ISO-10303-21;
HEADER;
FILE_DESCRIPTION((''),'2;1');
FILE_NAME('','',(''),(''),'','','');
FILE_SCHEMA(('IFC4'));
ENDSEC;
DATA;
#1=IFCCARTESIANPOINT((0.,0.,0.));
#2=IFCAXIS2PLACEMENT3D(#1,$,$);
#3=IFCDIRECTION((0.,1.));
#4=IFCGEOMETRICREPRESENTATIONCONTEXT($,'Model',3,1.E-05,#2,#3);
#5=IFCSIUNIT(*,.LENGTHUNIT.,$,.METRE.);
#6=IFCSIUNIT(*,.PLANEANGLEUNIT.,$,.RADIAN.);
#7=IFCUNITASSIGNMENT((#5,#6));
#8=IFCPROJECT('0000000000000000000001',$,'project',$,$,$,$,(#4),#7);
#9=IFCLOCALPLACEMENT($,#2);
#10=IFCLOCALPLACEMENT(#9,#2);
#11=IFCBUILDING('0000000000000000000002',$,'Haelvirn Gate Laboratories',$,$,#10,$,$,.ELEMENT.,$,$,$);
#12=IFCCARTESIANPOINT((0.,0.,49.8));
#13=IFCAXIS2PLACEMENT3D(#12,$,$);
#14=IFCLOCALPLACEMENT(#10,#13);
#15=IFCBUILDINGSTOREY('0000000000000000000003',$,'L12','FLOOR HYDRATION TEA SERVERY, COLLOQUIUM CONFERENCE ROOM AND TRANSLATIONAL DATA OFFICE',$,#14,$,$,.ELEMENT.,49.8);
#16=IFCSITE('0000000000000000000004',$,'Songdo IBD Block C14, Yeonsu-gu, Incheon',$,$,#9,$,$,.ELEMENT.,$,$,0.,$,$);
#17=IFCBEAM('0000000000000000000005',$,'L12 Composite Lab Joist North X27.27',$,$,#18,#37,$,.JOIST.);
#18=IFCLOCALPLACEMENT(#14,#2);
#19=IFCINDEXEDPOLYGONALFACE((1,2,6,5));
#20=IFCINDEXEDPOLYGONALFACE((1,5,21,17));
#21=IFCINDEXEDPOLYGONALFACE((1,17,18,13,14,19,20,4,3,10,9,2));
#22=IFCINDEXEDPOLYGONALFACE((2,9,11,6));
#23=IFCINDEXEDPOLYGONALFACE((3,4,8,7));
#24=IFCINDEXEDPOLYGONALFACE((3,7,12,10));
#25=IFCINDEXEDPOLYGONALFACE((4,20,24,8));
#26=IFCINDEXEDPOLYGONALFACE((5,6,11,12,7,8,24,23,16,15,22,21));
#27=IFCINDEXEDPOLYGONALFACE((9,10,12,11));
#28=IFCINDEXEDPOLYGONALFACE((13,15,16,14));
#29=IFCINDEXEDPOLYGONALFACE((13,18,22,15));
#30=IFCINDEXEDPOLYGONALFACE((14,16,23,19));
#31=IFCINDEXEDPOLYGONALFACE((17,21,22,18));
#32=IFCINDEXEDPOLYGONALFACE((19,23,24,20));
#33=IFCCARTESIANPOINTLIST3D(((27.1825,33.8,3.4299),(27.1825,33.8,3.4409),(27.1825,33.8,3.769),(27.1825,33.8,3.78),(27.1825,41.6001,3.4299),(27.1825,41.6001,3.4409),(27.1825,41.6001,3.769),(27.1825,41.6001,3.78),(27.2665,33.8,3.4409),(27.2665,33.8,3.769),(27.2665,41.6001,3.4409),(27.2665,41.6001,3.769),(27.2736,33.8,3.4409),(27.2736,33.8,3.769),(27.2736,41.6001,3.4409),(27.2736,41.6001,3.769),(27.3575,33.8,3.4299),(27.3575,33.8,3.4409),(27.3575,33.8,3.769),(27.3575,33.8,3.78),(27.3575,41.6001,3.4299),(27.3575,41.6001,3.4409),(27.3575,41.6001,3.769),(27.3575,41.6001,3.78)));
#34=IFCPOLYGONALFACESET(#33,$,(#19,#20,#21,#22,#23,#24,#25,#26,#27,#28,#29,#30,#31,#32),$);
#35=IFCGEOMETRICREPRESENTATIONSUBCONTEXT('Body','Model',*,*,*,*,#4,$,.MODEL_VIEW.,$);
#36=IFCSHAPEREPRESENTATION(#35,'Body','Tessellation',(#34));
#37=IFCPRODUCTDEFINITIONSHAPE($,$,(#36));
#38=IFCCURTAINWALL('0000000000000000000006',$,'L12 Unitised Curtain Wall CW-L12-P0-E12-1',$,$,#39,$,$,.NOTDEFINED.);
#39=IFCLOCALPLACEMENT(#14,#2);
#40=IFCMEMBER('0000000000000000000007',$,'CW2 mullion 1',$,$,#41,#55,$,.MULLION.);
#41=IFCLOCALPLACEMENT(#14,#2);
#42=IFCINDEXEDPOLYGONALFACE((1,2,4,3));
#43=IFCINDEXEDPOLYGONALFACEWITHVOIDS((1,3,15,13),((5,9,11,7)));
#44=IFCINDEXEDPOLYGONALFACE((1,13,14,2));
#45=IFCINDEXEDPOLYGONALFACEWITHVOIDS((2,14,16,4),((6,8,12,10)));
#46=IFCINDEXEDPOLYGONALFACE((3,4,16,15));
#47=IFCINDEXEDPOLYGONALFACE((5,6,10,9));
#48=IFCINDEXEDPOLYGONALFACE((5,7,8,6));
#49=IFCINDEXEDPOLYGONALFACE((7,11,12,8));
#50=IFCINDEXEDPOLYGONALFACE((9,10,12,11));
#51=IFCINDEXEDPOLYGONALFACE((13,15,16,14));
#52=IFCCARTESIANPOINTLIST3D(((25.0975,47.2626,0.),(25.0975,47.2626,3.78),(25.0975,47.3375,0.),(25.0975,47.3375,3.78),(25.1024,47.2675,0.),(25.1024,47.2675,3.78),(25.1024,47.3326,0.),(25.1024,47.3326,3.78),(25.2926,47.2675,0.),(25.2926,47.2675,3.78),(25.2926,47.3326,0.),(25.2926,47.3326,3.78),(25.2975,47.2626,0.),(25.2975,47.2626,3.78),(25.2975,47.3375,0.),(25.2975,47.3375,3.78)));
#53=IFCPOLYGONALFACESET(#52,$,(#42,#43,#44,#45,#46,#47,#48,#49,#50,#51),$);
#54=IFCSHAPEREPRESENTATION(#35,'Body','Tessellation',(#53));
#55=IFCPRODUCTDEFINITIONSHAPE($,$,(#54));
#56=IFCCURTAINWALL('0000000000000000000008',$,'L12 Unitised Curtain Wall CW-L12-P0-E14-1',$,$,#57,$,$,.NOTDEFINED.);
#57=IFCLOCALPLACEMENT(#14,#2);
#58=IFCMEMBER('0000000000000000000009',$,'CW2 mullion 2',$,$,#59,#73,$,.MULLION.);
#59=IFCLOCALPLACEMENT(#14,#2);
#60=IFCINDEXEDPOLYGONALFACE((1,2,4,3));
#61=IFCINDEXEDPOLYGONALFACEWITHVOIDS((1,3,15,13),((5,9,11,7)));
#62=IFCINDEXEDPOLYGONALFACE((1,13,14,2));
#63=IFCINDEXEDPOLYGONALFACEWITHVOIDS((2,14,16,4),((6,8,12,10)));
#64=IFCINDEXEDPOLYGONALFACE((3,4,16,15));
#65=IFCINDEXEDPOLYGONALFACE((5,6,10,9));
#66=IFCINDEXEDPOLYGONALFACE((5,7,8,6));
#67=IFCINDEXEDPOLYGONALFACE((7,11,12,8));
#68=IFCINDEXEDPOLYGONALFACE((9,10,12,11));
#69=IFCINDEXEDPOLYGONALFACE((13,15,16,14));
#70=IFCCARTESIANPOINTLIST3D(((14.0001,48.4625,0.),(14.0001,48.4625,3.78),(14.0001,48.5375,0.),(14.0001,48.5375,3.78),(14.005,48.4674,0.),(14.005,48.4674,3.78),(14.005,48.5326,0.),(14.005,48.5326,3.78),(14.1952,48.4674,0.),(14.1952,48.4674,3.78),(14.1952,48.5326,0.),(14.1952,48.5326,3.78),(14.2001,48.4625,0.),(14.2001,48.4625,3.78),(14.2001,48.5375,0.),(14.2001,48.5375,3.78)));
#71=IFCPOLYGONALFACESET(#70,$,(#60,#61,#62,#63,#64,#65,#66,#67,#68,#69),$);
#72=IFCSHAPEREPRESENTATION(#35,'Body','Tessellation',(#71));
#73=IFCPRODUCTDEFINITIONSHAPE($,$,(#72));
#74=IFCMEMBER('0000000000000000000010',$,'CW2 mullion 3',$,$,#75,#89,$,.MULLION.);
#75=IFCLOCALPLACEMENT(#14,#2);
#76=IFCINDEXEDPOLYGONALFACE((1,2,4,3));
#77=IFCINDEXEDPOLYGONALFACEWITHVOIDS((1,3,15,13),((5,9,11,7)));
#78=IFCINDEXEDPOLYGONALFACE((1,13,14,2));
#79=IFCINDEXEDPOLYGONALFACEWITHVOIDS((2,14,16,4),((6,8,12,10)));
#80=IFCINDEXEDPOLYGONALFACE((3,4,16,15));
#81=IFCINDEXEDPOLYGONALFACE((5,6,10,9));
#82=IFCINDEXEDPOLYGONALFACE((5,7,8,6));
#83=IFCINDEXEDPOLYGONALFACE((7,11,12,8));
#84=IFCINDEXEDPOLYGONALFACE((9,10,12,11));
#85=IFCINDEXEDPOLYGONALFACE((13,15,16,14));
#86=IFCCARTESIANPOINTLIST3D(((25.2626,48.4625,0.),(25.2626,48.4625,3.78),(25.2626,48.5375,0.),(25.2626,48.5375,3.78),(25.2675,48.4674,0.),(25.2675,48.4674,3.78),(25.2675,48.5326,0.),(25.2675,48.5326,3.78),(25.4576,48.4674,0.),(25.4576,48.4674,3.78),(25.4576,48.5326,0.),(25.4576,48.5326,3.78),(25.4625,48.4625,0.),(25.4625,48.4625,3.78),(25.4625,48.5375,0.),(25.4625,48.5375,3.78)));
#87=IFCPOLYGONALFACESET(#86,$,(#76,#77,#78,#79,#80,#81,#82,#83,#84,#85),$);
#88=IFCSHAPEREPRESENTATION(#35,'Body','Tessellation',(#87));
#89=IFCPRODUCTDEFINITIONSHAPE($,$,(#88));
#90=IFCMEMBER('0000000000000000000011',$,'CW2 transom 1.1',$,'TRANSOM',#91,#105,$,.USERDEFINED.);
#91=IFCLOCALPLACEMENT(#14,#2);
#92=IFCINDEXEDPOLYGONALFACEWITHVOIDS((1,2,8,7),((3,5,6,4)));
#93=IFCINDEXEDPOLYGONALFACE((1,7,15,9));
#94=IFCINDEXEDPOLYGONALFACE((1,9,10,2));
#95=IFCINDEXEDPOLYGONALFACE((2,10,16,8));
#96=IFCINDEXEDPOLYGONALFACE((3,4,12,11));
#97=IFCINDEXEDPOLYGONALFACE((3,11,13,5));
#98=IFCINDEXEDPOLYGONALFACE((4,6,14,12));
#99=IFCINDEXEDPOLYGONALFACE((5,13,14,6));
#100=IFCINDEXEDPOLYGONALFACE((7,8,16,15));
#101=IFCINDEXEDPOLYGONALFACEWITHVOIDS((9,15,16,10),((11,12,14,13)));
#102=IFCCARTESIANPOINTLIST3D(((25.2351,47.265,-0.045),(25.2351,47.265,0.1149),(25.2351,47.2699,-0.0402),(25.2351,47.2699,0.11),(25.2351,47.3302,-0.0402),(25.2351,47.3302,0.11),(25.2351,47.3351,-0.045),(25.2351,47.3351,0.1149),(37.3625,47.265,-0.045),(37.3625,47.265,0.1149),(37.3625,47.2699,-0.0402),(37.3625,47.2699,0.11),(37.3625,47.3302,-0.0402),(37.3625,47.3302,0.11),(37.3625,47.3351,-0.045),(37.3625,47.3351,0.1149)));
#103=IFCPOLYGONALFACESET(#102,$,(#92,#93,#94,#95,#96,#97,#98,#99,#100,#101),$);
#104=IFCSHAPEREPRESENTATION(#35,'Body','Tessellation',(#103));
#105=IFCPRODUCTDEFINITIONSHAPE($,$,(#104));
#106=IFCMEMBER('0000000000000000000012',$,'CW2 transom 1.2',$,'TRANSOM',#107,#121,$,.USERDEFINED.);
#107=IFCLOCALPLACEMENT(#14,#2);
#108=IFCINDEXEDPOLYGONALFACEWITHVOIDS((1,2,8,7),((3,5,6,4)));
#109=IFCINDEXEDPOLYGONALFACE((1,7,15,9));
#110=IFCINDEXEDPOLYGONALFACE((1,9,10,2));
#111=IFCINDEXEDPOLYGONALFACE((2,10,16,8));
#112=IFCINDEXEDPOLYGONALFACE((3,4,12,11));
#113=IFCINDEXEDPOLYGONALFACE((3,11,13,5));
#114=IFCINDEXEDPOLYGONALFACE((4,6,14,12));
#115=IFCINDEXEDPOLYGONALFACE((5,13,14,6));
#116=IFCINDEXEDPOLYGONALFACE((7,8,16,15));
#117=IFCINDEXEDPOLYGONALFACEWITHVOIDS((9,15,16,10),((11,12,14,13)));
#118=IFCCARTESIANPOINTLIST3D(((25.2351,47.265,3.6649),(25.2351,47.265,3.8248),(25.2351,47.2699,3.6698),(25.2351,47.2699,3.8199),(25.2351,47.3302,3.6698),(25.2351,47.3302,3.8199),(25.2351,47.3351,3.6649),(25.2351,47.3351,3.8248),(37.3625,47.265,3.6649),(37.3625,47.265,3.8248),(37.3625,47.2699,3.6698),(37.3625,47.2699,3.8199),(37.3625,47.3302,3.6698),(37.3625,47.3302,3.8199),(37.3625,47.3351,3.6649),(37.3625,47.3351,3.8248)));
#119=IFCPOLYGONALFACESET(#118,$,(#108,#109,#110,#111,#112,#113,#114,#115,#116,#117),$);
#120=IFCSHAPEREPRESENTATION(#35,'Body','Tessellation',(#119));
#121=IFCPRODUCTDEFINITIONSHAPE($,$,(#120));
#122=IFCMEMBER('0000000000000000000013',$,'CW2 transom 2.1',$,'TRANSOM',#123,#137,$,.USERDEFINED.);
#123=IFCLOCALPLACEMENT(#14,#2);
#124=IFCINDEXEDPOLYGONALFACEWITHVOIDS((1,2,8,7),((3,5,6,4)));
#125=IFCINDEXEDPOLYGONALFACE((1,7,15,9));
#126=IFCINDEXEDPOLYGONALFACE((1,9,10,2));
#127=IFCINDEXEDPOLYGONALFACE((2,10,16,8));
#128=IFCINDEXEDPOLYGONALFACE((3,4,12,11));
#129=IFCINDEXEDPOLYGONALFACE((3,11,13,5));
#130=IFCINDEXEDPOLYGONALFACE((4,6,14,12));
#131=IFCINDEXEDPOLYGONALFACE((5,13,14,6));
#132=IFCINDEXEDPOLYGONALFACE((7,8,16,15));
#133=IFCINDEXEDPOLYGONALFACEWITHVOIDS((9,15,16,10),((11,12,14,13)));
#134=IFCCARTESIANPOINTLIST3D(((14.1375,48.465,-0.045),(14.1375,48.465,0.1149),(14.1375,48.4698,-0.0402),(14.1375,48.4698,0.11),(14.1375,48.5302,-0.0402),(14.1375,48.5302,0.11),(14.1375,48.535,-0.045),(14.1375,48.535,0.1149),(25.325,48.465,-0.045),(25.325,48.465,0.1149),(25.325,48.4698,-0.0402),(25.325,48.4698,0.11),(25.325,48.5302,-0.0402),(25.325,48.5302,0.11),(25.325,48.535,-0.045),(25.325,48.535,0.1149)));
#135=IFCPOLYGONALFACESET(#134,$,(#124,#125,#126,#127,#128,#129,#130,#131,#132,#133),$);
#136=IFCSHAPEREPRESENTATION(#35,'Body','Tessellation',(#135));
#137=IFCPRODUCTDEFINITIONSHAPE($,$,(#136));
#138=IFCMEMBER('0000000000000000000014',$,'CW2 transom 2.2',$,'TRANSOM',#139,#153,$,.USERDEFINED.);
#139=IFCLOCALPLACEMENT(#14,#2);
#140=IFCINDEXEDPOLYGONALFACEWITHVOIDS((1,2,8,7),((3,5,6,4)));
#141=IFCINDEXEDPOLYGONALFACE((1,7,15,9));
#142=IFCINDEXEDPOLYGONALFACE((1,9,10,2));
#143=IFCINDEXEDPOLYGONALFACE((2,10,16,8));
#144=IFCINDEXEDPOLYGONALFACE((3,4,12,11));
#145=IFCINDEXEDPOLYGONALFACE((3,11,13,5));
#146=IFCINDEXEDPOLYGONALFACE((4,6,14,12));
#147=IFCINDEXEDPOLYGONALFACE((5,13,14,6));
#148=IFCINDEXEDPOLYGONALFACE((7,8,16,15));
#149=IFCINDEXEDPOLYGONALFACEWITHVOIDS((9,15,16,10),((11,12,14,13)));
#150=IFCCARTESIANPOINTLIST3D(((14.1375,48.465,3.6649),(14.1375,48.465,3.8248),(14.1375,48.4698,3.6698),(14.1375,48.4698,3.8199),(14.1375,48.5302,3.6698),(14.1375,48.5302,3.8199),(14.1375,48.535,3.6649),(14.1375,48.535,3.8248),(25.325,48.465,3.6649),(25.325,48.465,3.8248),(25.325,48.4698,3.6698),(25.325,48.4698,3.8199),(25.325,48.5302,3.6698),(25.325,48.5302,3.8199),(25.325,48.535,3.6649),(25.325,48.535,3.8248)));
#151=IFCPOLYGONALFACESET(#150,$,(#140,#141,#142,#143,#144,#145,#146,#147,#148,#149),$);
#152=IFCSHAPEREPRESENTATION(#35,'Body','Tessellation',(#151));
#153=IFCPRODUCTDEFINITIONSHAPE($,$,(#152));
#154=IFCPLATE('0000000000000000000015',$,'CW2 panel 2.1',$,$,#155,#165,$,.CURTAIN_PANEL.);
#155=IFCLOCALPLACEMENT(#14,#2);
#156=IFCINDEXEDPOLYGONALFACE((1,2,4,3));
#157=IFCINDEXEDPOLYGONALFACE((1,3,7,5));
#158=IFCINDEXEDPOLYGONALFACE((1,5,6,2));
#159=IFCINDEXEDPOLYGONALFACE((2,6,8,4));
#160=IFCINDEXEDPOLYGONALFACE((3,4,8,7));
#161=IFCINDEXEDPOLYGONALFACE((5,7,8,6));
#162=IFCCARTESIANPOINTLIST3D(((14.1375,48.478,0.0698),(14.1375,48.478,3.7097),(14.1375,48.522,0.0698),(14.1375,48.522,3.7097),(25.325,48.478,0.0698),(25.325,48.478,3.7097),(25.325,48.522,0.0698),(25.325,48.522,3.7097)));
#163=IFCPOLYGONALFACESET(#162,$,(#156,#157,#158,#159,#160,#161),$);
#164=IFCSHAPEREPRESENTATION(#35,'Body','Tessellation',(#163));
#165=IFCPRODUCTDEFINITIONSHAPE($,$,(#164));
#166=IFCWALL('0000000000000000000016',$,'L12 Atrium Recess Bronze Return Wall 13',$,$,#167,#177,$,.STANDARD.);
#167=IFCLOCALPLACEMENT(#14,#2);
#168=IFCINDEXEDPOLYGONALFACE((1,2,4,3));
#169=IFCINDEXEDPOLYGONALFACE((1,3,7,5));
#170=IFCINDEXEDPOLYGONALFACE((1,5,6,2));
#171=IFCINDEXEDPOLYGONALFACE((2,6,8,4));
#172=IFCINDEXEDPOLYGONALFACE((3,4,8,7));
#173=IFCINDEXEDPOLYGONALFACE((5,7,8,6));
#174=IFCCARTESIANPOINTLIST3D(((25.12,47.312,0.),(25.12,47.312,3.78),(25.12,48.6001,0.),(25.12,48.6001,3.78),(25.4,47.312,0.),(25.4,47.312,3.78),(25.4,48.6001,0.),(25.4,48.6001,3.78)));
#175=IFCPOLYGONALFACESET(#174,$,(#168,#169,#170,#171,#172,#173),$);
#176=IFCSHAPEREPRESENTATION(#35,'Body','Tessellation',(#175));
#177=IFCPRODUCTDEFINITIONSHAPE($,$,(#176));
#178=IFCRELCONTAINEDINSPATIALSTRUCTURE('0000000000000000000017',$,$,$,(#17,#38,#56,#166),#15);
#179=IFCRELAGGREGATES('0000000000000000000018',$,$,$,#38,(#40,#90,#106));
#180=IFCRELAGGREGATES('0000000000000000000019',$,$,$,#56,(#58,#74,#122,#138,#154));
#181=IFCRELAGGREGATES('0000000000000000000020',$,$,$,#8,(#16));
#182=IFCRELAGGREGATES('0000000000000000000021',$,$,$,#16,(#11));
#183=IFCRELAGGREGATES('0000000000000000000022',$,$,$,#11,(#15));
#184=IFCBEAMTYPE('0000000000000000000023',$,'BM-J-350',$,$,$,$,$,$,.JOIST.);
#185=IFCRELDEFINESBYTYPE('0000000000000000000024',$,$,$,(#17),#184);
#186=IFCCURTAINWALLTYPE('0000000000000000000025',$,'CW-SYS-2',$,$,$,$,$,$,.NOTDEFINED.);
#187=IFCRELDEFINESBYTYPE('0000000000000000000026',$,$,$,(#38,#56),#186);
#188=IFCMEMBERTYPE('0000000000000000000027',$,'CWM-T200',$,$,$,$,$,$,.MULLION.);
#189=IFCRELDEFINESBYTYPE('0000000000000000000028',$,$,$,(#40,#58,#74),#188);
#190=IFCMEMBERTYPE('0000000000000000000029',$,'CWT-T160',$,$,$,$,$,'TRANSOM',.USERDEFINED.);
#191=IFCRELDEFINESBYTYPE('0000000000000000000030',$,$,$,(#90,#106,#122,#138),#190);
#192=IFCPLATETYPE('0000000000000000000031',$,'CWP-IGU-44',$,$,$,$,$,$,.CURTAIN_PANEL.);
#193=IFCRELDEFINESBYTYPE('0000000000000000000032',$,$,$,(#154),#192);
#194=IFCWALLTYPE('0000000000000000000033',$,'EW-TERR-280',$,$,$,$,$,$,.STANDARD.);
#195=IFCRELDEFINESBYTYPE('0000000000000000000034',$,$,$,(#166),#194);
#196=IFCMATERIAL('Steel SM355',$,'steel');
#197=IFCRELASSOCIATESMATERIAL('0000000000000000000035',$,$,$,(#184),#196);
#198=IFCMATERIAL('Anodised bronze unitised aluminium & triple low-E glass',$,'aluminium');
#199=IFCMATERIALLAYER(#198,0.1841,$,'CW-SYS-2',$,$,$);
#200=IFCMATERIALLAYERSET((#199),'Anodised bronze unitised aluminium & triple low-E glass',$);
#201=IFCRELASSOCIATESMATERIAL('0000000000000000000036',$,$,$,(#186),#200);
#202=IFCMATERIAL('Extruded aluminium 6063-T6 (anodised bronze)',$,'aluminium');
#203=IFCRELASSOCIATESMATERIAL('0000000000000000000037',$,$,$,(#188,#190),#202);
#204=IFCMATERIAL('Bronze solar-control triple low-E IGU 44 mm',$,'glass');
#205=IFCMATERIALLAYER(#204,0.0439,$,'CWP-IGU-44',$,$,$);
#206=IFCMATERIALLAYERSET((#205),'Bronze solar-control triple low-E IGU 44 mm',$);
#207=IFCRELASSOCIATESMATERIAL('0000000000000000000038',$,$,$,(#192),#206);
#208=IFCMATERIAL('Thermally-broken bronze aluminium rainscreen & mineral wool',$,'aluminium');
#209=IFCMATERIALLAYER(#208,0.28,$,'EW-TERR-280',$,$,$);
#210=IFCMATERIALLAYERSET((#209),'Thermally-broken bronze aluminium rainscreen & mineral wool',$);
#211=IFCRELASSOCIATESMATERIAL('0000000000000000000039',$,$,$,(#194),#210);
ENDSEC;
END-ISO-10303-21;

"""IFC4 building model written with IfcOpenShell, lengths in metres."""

from ifc_helpers import new_model, si_unit, direction, frame, frame_2d, origin, origin_2d, place, context, subcontext, project, spatial, rectangle, hollow_rectangle, i_section, extrude, source, transform, mapped, material, layer, layer_set, material_profile, profile_set, type_object, type_shapes, element, aggregate, save


model = new_model("IFC4")

# Units and contexts
model_context = context("Model", 3, precision=1e-05, world=origin(), true_north=direction((0.0, 1.0)))
body_context = subcontext(model_context, "Body", "Model", "MODEL_VIEW")
ifc_project = project(units=[si_unit("LENGTHUNIT", "METRE"), si_unit("PLANEANGLEUNIT", "RADIAN")], contexts=[model_context])

# Site, building, storey
site_placement = place(None, origin())
site = spatial("IfcSite", under=ifc_project, at=site_placement, Name="Songdo IBD Block C14, Yeonsu-gu, Incheon", CompositionType="ELEMENT", RefElevation=0.0)
building_placement = place(site_placement, origin())
building = spatial("IfcBuilding", under=site, at=building_placement, Name="Haelvirn Gate Laboratories", CompositionType="ELEMENT")
storey_placement = place(building_placement, frame((0.0, 0.0, 49.8)))
storey = spatial("IfcBuildingStorey", under=building, at=storey_placement, Name="L12", Description="FLOOR HYDRATION TEA SERVERY, COLLOQUIUM CONFERENCE ROOM AND TRANSLATIONAL DATA OFFICE", CompositionType="ELEMENT", Elevation=49.8)

# Beam
ifc_material_1 = material(Name="Steel SM355", Category="steel")
ifc_material_profile_1 = material_profile(ifc_material_1, i_section(OverallWidth=0.175, OverallDepth=0.3501, WebThickness=0.0071, FlangeThickness=0.011, at=origin_2d()), Name="H-350x175x7x11")
ifc_profile_set_1 = profile_set([ifc_material_profile_1], Name="Steel SM355")
beam_type_1 = type_object("IfcBeamType", Name="BM-J-350", PredefinedType="JOIST", material=ifc_profile_set_1)
shared_shape_1 = source(origin(), body_context, "Body", "SweptSolid", [
    extrude(i_section(OverallWidth=0.175, OverallDepth=0.3501, WebThickness=0.0071, FlangeThickness=0.011, at=origin_2d()), origin(), (0.0, 0.0, 1.0), 7.8),
])
type_shapes(beam_type_1, [shared_shape_1])
for number, where, z_axis, x_axis, name in (
    (1, (27.27, 33.8, 3.605), (0.0, 1.0, 0.0), (-1.0, 0.0, 0.0), "L12 Composite Lab Joist North X27.27"),
):
    element("IfcBeam", number, at=place(storey_placement, frame(where, z_axis=z_axis, x_axis=x_axis)), inside=storey, type_object=beam_type_1, Name=name, PredefinedType="JOIST", context=body_context, shape_type="MappedRepresentation", body=[
        mapped(shared_shape_1, transform((0.0, 0.0, 0.0), scale=1.0)),
    ])

# Curtain wall, member
ifc_material_2 = material(Name="Anodised bronze unitised aluminium & triple low-E glass", Category="aluminium")
ifc_layer_1 = layer(ifc_material_2, 0.1841, Name="CW-SYS-2")
ifc_layer_set_1 = layer_set([ifc_layer_1], Name="Anodised bronze unitised aluminium & triple low-E glass")
curtain_wall_type = type_object("IfcCurtainWallType", Name="CW-SYS-2", PredefinedType="NOTDEFINED", material=ifc_layer_set_1)
curtain_wall_1_placement = place(storey_placement, origin())
curtain_wall_1 = element("IfcCurtainWall", 2, at=curtain_wall_1_placement, inside=storey, type_object=curtain_wall_type, Name="L12 Unitised Curtain Wall CW-L12-P0-E12-1", PredefinedType="NOTDEFINED")
ifc_material_3 = material(Name="Extruded aluminium 6063-T6 (anodised bronze)", Category="aluminium")
ifc_material_profile_2 = material_profile(ifc_material_3, hollow_rectangle(XDim=0.075, YDim=0.2, WallThickness=0.0049, at=origin_2d()), Name="CWM-200x75x5")
ifc_profile_set_2 = profile_set([ifc_material_profile_2], Name="Extruded aluminium 6063-T6 (anodised bronze)")
member_type_1 = type_object("IfcMemberType", Name="CWM-T200", PredefinedType="MULLION", material=ifc_profile_set_2)
shared_shape_2 = source(origin(), body_context, "Body", "SweptSolid", [
    extrude(hollow_rectangle(XDim=0.075, YDim=0.2, WallThickness=0.0049, at=origin_2d()), origin(), (0.0, 0.0, 1.0), 3.78),
])
type_shapes(member_type_1, [shared_shape_2])
member_1_placement = place(storey_placement, frame((25.1975, 47.3, 0.0), z_axis=(0.0, 0.0, 1.0), x_axis=(0.0, 1.0, 0.0)))
member_1 = element("IfcMember", 3, at=member_1_placement, type_object=member_type_1, Name="CW2 mullion 1", PredefinedType="MULLION", context=body_context, shape_type="MappedRepresentation", body=[
    mapped(shared_shape_2, transform((0.0, 0.0, 0.0), scale=1.0)),
])

# Curtain wall, members
curtain_wall_2_placement = place(storey_placement, origin())
curtain_wall_2 = element("IfcCurtainWall", 4, at=curtain_wall_2_placement, inside=storey, type_object=curtain_wall_type, Name="L12 Unitised Curtain Wall CW-L12-P0-E14-1", PredefinedType="NOTDEFINED")
member_2_placement = place(storey_placement, frame((14.1001, 48.5, 0.0), z_axis=(0.0, 0.0, 1.0), x_axis=(0.0, 1.0, 0.0)))
member_2 = element("IfcMember", 5, at=member_2_placement, type_object=member_type_1, Name="CW2 mullion 2", PredefinedType="MULLION", context=body_context, shape_type="MappedRepresentation", body=[
    mapped(shared_shape_2, transform((0.0, 0.0, 0.0), scale=1.0)),
])
member_3_placement = place(storey_placement, frame((25.3625, 48.5, 0.0), z_axis=(0.0, 0.0, 1.0), x_axis=(0.0, 1.0, 0.0)))
member_3 = element("IfcMember", 6, at=member_3_placement, type_object=member_type_1, Name="CW2 mullion 3", PredefinedType="MULLION", context=body_context, shape_type="MappedRepresentation", body=[
    mapped(shared_shape_2, transform((0.0, 0.0, 0.0), scale=1.0)),
])

# Members
ifc_material_profile_3 = material_profile(ifc_material_3, hollow_rectangle(XDim=0.0701, YDim=0.1599, WallThickness=0.0049, at=origin_2d()), Name="CWT-160x70x5")
ifc_profile_set_3 = profile_set([ifc_material_profile_3], Name="Extruded aluminium 6063-T6 (anodised bronze)")
member_type_2 = type_object("IfcMemberType", Name="CWT-T160", ElementType="TRANSOM", PredefinedType="USERDEFINED", material=ifc_profile_set_3)
shared_shape_3 = source(origin(), body_context, "Body", "SweptSolid", [
    extrude(hollow_rectangle(XDim=0.0701, YDim=0.1599, WallThickness=0.0049, at=origin_2d()), origin(), (0.0, 0.0, 1.0), 12.1274),
])
member_4_placement = place(storey_placement, frame((25.2351, 47.3, 0.0349), z_axis=(1.0, 0.0, 0.0), x_axis=(0.0, 1.0, 0.0)))
member_4 = element("IfcMember", 7, at=member_4_placement, type_object=member_type_2, Name="CW2 transom 1.1", ObjectType="TRANSOM", PredefinedType="USERDEFINED", context=body_context, shape_type="MappedRepresentation", body=[
    mapped(shared_shape_3, transform((0.0, 0.0, 0.0), scale=1.0)),
])
member_5_placement = place(storey_placement, frame((25.2351, 47.3, 3.7449), z_axis=(1.0, 0.0, 0.0), x_axis=(0.0, 1.0, 0.0)))
member_5 = element("IfcMember", 8, at=member_5_placement, type_object=member_type_2, Name="CW2 transom 1.2", ObjectType="TRANSOM", PredefinedType="USERDEFINED", context=body_context, shape_type="MappedRepresentation", body=[
    mapped(shared_shape_3, transform((0.0, 0.0, 0.0), scale=1.0)),
])
aggregate(curtain_wall_1, [member_1, member_4, member_5])
shared_shape_4 = source(origin(), body_context, "Body", "SweptSolid", [
    extrude(hollow_rectangle(XDim=0.0701, YDim=0.1599, WallThickness=0.0049, at=origin_2d()), origin(), (0.0, 0.0, 1.0), 11.1875),
])
type_shapes(member_type_2, [shared_shape_3, shared_shape_4])
member_6_placement = place(storey_placement, frame((14.1375, 48.5, 0.0349), z_axis=(1.0, 0.0, 0.0), x_axis=(0.0, 1.0, 0.0)))
member_6 = element("IfcMember", 9, at=member_6_placement, type_object=member_type_2, Name="CW2 transom 2.1", ObjectType="TRANSOM", PredefinedType="USERDEFINED", context=body_context, shape_type="MappedRepresentation", body=[
    mapped(shared_shape_4, transform((0.0, 0.0, 0.0), scale=1.0)),
])
member_7_placement = place(storey_placement, frame((14.1375, 48.5, 3.7449), z_axis=(1.0, 0.0, 0.0), x_axis=(0.0, 1.0, 0.0)))
member_7 = element("IfcMember", 10, at=member_7_placement, type_object=member_type_2, Name="CW2 transom 2.2", ObjectType="TRANSOM", PredefinedType="USERDEFINED", context=body_context, shape_type="MappedRepresentation", body=[
    mapped(shared_shape_4, transform((0.0, 0.0, 0.0), scale=1.0)),
])

# Plate
ifc_material_4 = material(Name="Bronze solar-control triple low-E IGU 44 mm", Category="glass")
ifc_layer_2 = layer(ifc_material_4, 0.0439, Name="CWP-IGU-44")
ifc_layer_set_2 = layer_set([ifc_layer_2], Name="Bronze solar-control triple low-E IGU 44 mm")
plate_type = type_object("IfcPlateType", Name="CWP-IGU-44", PredefinedType="CURTAIN_PANEL", material=ifc_layer_set_2)
shared_shape_5 = source(origin(), body_context, "Body", "SweptSolid", [
    extrude(rectangle(XDim=11.1875, YDim=0.0439, at=origin_2d()), origin(), (0.0, 0.0, 1.0), 3.6399),
])
type_shapes(plate_type, [shared_shape_5])
plate_placement = place(storey_placement, frame((19.7312, 48.5, 0.0698), z_axis=(0.0, 0.0, 1.0), x_axis=(1.0, 0.0, 0.0)))
plate = element("IfcPlate", 11, at=plate_placement, type_object=plate_type, Name="CW2 panel 2.1", PredefinedType="CURTAIN_PANEL", context=body_context, shape_type="MappedRepresentation", body=[
    mapped(shared_shape_5, transform((0.0, 0.0, 0.0), scale=1.0)),
])
aggregate(curtain_wall_2, [member_2, member_3, member_6, member_7, plate])

# Wall
ifc_material_5 = material(Name="Thermally-broken bronze aluminium rainscreen & mineral wool", Category="aluminium")
ifc_layer_3 = layer(ifc_material_5, 0.28, Name="EW-TERR-280")
ifc_layer_set_3 = layer_set([ifc_layer_3], Name="Thermally-broken bronze aluminium rainscreen & mineral wool")
wall_type_1 = type_object("IfcWallType", Name="EW-TERR-280", PredefinedType="STANDARD", material=ifc_layer_set_3)
wall_1_placement = place(storey_placement, frame((25.26, 47.312, 0.0), z_axis=(0.0, 0.0, 1.0), x_axis=(0.0, 1.0, 0.0)))
element("IfcWall", 12, at=wall_1_placement, inside=storey, type_object=wall_type_1, Name="L12 Atrium Recess Bronze Return Wall 13", PredefinedType="STANDARD", context=body_context, shape_type="SweptSolid", body=[
    extrude(rectangle(XDim=1.2881, YDim=0.28, at=frame_2d((0.644, 0.0))), origin(), (0.0, 0.0, 1.0), 3.78),
])

save(model, "model.ifc")
